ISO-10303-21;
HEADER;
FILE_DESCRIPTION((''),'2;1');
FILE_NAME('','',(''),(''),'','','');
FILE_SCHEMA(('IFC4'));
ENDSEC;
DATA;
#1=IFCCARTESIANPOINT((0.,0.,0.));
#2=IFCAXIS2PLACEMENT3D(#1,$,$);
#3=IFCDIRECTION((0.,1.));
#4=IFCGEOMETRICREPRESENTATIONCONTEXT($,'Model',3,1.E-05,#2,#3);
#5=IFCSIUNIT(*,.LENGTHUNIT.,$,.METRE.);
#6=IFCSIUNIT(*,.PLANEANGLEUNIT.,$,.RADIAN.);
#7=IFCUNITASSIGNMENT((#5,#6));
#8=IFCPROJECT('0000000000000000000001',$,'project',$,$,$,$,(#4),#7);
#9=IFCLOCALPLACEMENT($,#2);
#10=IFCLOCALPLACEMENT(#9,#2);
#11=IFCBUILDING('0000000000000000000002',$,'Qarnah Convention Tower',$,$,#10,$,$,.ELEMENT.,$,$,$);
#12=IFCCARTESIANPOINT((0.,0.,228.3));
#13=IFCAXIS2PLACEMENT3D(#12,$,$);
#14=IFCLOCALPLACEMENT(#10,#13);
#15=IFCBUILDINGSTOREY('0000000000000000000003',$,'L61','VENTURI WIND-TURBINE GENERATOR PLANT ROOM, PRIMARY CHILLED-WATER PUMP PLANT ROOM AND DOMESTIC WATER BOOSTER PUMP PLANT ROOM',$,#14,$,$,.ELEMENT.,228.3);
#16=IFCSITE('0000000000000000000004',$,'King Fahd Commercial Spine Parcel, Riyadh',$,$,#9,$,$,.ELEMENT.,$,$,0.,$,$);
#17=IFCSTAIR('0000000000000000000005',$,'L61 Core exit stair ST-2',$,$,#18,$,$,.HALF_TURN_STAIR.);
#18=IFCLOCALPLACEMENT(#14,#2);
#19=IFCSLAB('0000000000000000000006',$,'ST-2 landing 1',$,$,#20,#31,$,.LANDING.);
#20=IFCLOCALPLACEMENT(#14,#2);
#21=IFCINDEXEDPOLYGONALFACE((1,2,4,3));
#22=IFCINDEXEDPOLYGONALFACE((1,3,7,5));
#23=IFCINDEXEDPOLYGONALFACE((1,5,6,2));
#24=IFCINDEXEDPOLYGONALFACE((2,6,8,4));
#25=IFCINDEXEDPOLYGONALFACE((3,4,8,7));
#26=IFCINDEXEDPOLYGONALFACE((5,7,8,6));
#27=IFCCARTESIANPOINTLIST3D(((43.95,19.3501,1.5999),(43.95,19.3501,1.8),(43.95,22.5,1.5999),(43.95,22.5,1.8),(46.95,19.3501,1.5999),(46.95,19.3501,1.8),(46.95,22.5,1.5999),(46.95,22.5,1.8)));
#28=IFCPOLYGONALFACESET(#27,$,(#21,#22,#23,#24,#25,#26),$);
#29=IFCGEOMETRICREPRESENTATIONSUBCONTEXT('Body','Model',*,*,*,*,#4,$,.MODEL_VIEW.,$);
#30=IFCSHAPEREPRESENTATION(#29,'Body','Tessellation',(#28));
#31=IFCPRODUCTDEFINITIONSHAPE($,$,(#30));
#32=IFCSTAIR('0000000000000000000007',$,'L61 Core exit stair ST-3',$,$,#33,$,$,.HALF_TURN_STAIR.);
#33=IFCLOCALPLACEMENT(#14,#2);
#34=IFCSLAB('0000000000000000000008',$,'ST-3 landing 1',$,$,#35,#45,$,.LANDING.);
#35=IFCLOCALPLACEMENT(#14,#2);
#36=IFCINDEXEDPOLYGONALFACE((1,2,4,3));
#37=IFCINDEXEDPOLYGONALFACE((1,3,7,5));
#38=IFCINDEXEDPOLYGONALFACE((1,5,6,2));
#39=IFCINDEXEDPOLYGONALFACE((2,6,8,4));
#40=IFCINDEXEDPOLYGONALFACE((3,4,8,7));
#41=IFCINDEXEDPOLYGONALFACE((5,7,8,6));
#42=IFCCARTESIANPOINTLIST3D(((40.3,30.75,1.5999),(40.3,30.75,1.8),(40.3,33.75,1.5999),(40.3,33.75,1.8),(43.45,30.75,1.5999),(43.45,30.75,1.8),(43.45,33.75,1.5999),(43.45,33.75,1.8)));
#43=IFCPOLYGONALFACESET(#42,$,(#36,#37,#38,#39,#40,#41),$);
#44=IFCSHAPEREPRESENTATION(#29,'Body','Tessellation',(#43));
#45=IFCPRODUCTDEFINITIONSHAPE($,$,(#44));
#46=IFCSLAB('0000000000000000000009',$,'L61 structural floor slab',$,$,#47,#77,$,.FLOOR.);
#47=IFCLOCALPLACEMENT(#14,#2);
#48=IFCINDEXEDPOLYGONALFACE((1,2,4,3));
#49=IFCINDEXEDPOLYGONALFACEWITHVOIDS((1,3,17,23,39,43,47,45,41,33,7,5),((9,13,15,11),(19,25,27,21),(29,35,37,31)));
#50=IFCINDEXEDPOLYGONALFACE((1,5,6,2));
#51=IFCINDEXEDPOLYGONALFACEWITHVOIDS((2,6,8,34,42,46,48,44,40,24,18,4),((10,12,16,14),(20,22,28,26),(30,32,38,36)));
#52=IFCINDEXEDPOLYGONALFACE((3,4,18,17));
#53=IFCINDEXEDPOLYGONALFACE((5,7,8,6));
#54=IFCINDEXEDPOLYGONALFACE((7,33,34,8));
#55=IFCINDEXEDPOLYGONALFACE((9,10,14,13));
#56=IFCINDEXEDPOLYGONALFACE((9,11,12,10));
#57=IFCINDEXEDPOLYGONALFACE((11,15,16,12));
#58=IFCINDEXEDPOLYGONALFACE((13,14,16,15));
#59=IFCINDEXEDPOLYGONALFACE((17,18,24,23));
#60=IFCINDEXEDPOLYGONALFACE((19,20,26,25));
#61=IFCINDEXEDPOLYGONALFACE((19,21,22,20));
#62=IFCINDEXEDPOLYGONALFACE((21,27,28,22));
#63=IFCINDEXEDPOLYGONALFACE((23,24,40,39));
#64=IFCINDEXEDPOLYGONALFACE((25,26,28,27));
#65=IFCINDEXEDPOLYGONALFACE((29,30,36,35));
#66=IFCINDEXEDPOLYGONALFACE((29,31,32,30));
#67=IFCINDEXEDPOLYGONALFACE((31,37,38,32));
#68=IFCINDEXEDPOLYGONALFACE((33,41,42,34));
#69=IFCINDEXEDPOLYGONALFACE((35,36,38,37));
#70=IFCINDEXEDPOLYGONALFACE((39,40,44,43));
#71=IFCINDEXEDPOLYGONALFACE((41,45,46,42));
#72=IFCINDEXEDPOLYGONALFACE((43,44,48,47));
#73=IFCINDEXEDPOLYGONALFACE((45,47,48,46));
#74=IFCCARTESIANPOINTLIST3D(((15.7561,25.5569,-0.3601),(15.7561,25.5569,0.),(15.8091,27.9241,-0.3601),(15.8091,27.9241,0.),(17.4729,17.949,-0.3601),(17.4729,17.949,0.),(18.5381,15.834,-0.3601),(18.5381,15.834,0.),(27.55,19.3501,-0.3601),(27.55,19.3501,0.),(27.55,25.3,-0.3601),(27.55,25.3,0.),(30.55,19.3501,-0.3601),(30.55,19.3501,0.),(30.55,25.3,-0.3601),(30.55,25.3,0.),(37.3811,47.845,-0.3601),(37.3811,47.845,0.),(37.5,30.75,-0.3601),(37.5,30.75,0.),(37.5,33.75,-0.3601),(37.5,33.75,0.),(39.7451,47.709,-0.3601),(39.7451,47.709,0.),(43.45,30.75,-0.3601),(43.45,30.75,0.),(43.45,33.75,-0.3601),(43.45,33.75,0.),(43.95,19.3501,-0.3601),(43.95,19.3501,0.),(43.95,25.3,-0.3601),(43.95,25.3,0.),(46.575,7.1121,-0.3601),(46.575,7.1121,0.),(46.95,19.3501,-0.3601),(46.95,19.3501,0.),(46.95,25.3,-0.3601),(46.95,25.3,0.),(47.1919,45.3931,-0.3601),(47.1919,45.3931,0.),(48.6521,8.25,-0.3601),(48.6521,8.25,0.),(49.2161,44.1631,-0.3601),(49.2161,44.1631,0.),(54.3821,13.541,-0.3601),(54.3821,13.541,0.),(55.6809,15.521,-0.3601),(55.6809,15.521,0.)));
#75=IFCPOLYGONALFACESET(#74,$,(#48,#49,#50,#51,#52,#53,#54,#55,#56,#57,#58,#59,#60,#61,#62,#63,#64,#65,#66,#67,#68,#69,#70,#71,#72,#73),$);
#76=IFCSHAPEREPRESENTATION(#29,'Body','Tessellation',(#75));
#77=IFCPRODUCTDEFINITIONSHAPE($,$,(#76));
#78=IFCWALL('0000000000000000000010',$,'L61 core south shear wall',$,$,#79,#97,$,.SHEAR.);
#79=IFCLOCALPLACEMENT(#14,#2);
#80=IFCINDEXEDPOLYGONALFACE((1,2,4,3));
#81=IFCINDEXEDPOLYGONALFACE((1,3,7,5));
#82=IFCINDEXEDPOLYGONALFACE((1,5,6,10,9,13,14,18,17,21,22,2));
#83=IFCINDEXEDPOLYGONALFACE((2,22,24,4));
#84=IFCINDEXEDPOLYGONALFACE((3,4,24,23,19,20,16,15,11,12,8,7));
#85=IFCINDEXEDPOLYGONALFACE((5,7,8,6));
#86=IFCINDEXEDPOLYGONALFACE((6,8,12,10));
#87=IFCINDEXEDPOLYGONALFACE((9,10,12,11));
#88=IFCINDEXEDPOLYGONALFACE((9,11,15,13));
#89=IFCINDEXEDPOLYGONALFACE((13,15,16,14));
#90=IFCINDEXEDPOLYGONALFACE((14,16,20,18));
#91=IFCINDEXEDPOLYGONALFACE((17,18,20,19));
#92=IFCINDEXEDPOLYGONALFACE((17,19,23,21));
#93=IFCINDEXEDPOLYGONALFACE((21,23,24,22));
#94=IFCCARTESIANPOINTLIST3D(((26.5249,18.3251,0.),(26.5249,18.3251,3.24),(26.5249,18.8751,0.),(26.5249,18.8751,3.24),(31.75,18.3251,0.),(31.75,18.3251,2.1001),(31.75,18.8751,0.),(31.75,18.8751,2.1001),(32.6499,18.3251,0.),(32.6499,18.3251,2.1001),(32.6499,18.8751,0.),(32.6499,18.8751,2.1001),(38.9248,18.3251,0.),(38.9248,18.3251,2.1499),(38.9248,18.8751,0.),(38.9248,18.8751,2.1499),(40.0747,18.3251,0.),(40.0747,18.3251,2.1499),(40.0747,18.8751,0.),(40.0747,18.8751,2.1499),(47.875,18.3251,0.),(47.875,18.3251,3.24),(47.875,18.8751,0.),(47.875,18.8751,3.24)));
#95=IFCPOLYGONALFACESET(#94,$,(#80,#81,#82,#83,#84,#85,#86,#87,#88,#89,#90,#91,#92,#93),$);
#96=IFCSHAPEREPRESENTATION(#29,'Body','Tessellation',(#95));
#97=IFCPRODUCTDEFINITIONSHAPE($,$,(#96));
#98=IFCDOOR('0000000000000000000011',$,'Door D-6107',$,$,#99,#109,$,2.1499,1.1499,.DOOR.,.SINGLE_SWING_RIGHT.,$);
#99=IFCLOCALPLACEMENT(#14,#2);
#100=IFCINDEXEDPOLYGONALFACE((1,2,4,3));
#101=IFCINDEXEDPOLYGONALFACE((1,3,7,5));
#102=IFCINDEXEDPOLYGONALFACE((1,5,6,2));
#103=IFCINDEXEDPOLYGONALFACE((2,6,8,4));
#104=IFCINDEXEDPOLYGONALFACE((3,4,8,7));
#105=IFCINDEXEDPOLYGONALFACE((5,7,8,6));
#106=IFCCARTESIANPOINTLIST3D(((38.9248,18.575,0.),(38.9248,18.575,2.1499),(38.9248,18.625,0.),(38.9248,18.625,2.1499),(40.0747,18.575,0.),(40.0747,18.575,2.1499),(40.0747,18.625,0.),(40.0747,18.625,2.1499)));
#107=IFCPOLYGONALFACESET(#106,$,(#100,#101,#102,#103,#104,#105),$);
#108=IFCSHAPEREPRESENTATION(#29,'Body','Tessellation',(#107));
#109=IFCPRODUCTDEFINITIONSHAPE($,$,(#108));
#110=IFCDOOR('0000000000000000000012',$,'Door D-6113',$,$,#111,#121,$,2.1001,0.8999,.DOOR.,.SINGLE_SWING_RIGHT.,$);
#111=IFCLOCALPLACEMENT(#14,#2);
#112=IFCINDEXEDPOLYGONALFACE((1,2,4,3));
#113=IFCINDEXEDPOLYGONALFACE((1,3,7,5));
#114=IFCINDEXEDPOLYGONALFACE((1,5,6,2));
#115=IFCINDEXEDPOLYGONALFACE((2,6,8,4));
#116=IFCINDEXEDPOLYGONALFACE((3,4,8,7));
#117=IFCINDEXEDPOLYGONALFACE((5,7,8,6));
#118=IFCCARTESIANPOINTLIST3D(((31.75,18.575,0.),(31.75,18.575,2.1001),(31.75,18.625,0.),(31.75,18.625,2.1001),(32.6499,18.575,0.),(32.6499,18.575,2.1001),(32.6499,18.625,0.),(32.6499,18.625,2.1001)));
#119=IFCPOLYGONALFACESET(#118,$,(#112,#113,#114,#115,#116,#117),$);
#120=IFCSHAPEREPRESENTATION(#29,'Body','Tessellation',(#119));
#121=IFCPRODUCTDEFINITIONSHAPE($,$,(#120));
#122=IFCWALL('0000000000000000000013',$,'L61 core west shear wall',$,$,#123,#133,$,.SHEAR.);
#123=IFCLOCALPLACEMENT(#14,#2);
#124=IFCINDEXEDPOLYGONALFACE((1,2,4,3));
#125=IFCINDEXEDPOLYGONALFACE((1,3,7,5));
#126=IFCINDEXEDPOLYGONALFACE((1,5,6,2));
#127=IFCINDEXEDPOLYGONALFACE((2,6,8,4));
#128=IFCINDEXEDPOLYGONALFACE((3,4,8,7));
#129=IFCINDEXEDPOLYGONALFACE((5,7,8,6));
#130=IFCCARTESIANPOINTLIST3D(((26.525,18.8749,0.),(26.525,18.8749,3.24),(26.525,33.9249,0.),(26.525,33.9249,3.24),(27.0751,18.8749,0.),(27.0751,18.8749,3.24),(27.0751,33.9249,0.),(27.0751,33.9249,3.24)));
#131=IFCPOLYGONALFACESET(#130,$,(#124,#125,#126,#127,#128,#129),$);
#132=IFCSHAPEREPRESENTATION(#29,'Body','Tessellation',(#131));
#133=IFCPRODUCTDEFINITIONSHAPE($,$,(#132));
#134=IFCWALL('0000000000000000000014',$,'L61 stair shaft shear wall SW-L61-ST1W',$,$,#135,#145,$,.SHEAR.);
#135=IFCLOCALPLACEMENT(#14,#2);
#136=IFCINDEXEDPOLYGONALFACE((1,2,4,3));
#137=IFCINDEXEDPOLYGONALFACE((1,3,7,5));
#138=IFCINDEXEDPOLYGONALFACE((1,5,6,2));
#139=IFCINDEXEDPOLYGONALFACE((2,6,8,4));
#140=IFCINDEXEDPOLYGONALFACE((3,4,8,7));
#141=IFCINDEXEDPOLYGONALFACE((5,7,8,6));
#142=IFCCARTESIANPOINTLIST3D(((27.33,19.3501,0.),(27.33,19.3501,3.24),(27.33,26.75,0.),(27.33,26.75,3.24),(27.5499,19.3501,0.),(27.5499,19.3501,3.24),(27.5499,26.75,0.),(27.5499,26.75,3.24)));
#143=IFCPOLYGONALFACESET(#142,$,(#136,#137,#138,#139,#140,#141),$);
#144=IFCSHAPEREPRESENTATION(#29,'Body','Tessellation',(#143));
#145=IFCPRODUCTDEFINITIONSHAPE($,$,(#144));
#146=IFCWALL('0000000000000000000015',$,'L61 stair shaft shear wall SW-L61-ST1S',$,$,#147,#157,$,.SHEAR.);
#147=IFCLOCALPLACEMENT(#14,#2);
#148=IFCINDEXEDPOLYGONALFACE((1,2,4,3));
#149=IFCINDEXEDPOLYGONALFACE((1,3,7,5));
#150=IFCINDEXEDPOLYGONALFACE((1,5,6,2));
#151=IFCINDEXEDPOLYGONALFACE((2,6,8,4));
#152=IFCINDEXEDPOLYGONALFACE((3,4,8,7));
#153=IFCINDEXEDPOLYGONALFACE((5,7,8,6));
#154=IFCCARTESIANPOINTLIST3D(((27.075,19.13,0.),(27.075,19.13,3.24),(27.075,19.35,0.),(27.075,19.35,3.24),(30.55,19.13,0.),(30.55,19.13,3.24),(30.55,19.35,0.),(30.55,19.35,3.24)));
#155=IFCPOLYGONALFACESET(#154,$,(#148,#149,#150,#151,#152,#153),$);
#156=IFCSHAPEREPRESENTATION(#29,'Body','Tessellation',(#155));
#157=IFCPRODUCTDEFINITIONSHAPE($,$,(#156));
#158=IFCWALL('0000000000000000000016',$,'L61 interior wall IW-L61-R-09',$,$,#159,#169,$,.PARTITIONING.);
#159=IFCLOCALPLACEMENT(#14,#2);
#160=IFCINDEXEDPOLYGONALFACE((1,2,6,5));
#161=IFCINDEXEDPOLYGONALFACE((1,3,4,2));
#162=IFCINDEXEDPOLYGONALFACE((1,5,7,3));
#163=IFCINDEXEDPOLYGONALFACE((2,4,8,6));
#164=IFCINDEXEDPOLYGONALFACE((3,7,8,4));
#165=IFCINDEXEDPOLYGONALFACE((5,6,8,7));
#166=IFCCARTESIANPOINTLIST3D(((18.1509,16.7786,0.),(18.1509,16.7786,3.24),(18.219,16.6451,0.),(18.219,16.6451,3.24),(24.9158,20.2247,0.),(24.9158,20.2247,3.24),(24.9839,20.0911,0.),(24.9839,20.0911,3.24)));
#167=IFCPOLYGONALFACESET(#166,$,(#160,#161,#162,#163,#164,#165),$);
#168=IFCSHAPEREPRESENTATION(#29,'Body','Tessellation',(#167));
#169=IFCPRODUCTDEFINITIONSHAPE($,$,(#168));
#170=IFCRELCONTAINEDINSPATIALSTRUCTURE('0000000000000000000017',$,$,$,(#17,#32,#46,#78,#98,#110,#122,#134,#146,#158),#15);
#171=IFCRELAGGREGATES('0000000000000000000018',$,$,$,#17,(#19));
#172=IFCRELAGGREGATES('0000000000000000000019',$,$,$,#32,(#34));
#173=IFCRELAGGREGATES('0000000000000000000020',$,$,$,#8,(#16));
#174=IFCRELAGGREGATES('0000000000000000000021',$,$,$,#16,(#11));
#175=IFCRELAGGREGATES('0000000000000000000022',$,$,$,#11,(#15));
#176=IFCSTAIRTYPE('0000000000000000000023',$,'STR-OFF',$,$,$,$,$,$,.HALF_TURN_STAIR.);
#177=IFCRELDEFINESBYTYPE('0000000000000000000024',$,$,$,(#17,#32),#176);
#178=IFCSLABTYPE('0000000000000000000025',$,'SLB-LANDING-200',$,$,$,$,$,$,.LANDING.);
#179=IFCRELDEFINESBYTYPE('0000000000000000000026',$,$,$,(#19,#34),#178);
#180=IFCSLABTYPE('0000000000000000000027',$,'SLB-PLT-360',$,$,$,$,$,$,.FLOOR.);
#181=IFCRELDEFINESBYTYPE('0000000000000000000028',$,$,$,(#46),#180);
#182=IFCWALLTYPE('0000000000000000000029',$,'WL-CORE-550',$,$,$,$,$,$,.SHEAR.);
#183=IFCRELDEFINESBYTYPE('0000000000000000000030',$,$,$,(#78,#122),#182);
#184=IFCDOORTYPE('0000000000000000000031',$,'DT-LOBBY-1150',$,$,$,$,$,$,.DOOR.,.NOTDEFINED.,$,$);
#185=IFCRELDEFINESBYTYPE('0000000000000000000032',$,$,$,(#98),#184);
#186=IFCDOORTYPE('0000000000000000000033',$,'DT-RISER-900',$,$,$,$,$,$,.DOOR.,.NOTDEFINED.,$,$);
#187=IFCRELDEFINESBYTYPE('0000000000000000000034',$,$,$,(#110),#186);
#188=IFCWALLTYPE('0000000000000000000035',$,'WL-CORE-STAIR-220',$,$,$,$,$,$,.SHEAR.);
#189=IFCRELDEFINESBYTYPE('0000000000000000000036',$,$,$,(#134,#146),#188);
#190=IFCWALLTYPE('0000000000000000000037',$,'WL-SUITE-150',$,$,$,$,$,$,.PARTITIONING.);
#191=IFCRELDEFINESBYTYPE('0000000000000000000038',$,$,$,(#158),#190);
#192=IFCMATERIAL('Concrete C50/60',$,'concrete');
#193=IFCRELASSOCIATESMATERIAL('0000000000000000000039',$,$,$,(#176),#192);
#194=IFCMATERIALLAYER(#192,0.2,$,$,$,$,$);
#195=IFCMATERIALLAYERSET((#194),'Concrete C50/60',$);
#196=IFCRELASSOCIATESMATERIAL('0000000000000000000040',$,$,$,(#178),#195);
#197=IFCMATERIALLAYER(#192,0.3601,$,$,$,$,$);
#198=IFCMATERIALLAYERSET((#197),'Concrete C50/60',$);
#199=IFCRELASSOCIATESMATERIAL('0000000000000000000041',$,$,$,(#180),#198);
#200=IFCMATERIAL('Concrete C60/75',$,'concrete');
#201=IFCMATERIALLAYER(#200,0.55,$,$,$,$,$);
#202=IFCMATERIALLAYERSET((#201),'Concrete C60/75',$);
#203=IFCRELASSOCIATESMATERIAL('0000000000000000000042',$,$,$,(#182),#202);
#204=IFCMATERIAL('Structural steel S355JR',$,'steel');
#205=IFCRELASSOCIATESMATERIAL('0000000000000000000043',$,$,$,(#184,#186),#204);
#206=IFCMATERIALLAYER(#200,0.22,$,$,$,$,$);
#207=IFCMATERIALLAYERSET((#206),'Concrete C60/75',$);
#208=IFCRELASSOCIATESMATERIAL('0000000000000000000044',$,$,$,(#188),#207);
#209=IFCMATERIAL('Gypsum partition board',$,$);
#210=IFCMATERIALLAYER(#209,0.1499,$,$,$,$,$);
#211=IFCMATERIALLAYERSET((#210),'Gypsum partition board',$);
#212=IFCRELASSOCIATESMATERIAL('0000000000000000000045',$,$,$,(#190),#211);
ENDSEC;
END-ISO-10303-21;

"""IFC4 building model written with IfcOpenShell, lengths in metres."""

from ifc_helpers import new_model, si_unit, direction, frame, frame_2d, origin, place, context, subcontext, project, spatial, polyline, rectangle, outline, extrude, material, layer, layer_set, type_object, element, fill, aggregate, save


model = new_model("IFC4")

# Units and contexts
model_context = context("Model", 3, precision=1e-05, world=origin(), true_north=direction((0.0, 1.0)))
body_context = subcontext(model_context, "Body", "Model", "MODEL_VIEW")
ifc_project = project(units=[si_unit("LENGTHUNIT", "METRE"), si_unit("PLANEANGLEUNIT", "RADIAN")], contexts=[model_context])

# Site, building, storey
site_placement = place(None, origin())
site = spatial("IfcSite", under=ifc_project, at=site_placement, Name="King Fahd Commercial Spine Parcel, Riyadh", CompositionType="ELEMENT", RefElevation=0.0)
building_placement = place(site_placement, origin())
building = spatial("IfcBuilding", under=site, at=building_placement, Name="Qarnah Convention Tower", CompositionType="ELEMENT")
storey_placement = place(building_placement, frame((0.0, 0.0, 228.3)))
storey = spatial("IfcBuildingStorey", under=building, at=storey_placement, Name="L61", Description="VENTURI WIND-TURBINE GENERATOR PLANT ROOM, PRIMARY CHILLED-WATER PUMP PLANT ROOM AND DOMESTIC WATER BOOSTER PUMP PLANT ROOM", CompositionType="ELEMENT", Elevation=228.3)

# Shared definitions
ifc_material_1 = material(Name="Concrete C50/60", Category="concrete")

# Shared definitions
ifc_material_2 = material(Name="Structural steel S355JR", Category="steel")

# Stairs, slabs
stair_type = type_object("IfcStairType", Name="STR-OFF", PredefinedType="HALF_TURN_STAIR", material=ifc_material_1)
ifc_layer_1 = layer(ifc_material_1, 0.2)
ifc_layer_set_1 = layer_set([ifc_layer_1], Name="Concrete C50/60")
slab_type_1 = type_object("IfcSlabType", Name="SLB-LANDING-200", PredefinedType="LANDING", material=ifc_layer_set_1)
stair_1_placement = place(storey_placement, origin())
stair_1 = element("IfcStair", 1, at=stair_1_placement, inside=storey, type_object=stair_type, Name="L61 Core exit stair ST-2", PredefinedType="HALF_TURN_STAIR")
slab_1_placement = place(storey_placement, frame((0.0, 0.0, 1.5999)))
slab_1 = element("IfcSlab", 2, at=slab_1_placement, type_object=slab_type_1, Name="ST-2 landing 1", PredefinedType="LANDING", context=body_context, shape_type="SweptSolid", body=[
    extrude(outline(polyline([(43.95, 22.5), (43.95, 19.3501), (46.95, 19.3501), (46.95, 22.5), (43.95, 22.5)])), origin(), (0.0, 0.0, 1.0), 0.2002),
])
aggregate(stair_1, [slab_1])
stair_2_placement = place(storey_placement, origin())
stair_2 = element("IfcStair", 3, at=stair_2_placement, inside=storey, type_object=stair_type, Name="L61 Core exit stair ST-3", PredefinedType="HALF_TURN_STAIR")
slab_2_placement = place(storey_placement, frame((0.0, 0.0, 1.5999)))
slab_2 = element("IfcSlab", 4, at=slab_2_placement, type_object=slab_type_1, Name="ST-3 landing 1", PredefinedType="LANDING", context=body_context, shape_type="SweptSolid", body=[
    extrude(outline(polyline([(40.3, 30.75), (43.45, 30.75), (43.45, 33.75), (40.3, 33.75), (40.3, 30.75)])), origin(), (0.0, 0.0, 1.0), 0.2002),
])
aggregate(stair_2, [slab_2])

# Slab
ifc_layer_2 = layer(ifc_material_1, 0.3601)
ifc_layer_set_2 = layer_set([ifc_layer_2], Name="Concrete C50/60")
slab_type_2 = type_object("IfcSlabType", Name="SLB-PLT-360", PredefinedType="FLOOR", material=ifc_layer_set_2)
slab_3_placement = place(storey_placement, frame((0.0, 0.0, -0.3601)))
element("IfcSlab", 5, at=slab_3_placement, inside=storey, type_object=slab_type_2, Name="L61 structural floor slab", PredefinedType="FLOOR", context=body_context, shape_type="SweptSolid", body=[
    extrude(outline(polyline([(37.3811, 47.845), (15.8091, 27.9241), (15.7561, 25.5569), (17.4729, 17.949), (18.5381, 15.834), (46.575, 7.1121), (48.6521, 8.25), (54.3821, 13.541), (55.6809, 15.521), (49.2161, 44.1631), (47.1919, 45.3931), (39.7451, 47.709), (37.3811, 47.845)]), holes=[polyline([(27.55, 25.3), (27.55, 19.3501), (30.55, 19.3501), (30.55, 25.3), (27.55, 25.3)]), polyline([(43.95, 25.3), (43.95, 19.3501), (46.95, 19.3501), (46.95, 25.3), (43.95, 25.3)]), polyline([(37.5, 30.75), (43.45, 30.75), (43.45, 33.75), (37.5, 33.75), (37.5, 30.75)])]), origin(), (0.0, 0.0, 1.0), 0.3601),
])

# Wall, openings, doors
ifc_material_3 = material(Name="Concrete C60/75", Category="concrete")
ifc_layer_3 = layer(ifc_material_3, 0.55)
ifc_layer_set_3 = layer_set([ifc_layer_3], Name="Concrete C60/75")
wall_type_1 = type_object("IfcWallType", Name="WL-CORE-550", PredefinedType="SHEAR", material=ifc_layer_set_3)
wall_1_placement = place(storey_placement, frame((26.5249, 18.6001, 0.0), z_axis=(0.0, 0.0, 1.0), x_axis=(1.0, 0.0, 0.0)))
wall_1 = element("IfcWall", 6, at=wall_1_placement, inside=storey, type_object=wall_type_1, Name="L61 core south shear wall", PredefinedType="SHEAR", context=body_context, shape_type="SweptSolid", body=[
    extrude(rectangle(XDim=21.3501, YDim=0.55, at=frame_2d((10.675, 0.0))), origin(), (0.0, 0.0, 1.0), 3.24),
])
opening_1_placement = place(wall_1_placement, frame((12.3999, 0.0, 0.0)))
opening_1 = element("IfcOpeningElement", 7, at=opening_1_placement, cuts=wall_1, PredefinedType="OPENING", context=body_context, shape_type="SweptSolid", body=[
    extrude(rectangle(XDim=1.1499, YDim=2.1499, at=frame_2d((0.575, 1.075))), frame((0.0, 0.2849, 0.0), z_axis=(0.0, -1.0, 0.0), x_axis=(1.0, 0.0, 0.0)), (0.0, 0.0, 1.0), 0.5701),
])
opening_2_placement = place(wall_1_placement, frame((5.2251, 0.0, 0.0)))
opening_2 = element("IfcOpeningElement", 8, at=opening_2_placement, cuts=wall_1, PredefinedType="OPENING", context=body_context, shape_type="SweptSolid", body=[
    extrude(rectangle(XDim=0.8999, YDim=2.1001, at=frame_2d((0.45, 1.05))), frame((0.0, 0.2849, 0.0), z_axis=(0.0, -1.0, 0.0), x_axis=(1.0, 0.0, 0.0)), (0.0, 0.0, 1.0), 0.5701),
])
door_type_1 = type_object("IfcDoorType", Name="DT-LOBBY-1150", OperationType="NOTDEFINED", PredefinedType="DOOR", material=ifc_material_2)
door_1_placement = place(opening_1_placement, origin())
door_1 = element("IfcDoor", 9, at=door_1_placement, inside=storey, type_object=door_type_1, Name="Door D-6107", OperationType="SINGLE_SWING_RIGHT", OverallHeight=2.1499, OverallWidth=1.1499, PredefinedType="DOOR", context=body_context, shape_type="SweptSolid", body=[
    extrude(rectangle(XDim=1.1499, YDim=2.1499, at=frame_2d((0.575, 1.075))), frame((0.0, 0.0249, 0.0), z_axis=(0.0, -1.0, 0.0), x_axis=(1.0, 0.0, 0.0)), (0.0, 0.0, 1.0), 0.05),
])
fill(opening_1, door_1)
door_type_2 = type_object("IfcDoorType", Name="DT-RISER-900", OperationType="NOTDEFINED", PredefinedType="DOOR", material=ifc_material_2)
door_2_placement = place(opening_2_placement, origin())
door_2 = element("IfcDoor", 10, at=door_2_placement, inside=storey, type_object=door_type_2, Name="Door D-6113", OperationType="SINGLE_SWING_RIGHT", OverallHeight=2.1001, OverallWidth=0.8999, PredefinedType="DOOR", context=body_context, shape_type="SweptSolid", body=[
    extrude(rectangle(XDim=0.8999, YDim=2.1001, at=frame_2d((0.45, 1.05))), frame((0.0, 0.0249, 0.0), z_axis=(0.0, -1.0, 0.0), x_axis=(1.0, 0.0, 0.0)), (0.0, 0.0, 1.0), 0.05),
])
fill(opening_2, door_2)

# Walls
wall_2_placement = place(storey_placement, frame((26.8, 18.875, 0.0), z_axis=(0.0, 0.0, 1.0), x_axis=(0.0, 1.0, 0.0)))
element("IfcWall", 11, at=wall_2_placement, inside=storey, type_object=wall_type_1, Name="L61 core west shear wall", PredefinedType="SHEAR", context=body_context, shape_type="SweptSolid", body=[
    extrude(rectangle(XDim=15.05, YDim=0.55, at=frame_2d((7.5249, 0.0))), origin(), (0.0, 0.0, 1.0), 3.24),
])
ifc_layer_4 = layer(ifc_material_3, 0.22)
ifc_layer_set_4 = layer_set([ifc_layer_4], Name="Concrete C60/75")
wall_type_2 = type_object("IfcWallType", Name="WL-CORE-STAIR-220", PredefinedType="SHEAR", material=ifc_layer_set_4)
wall_3_placement = place(storey_placement, frame((27.4399, 19.3501, 0.0), z_axis=(0.0, 0.0, 1.0), x_axis=(0.0, 1.0, 0.0)))
element("IfcWall", 12, at=wall_3_placement, inside=storey, type_object=wall_type_2, Name="L61 stair shaft shear wall SW-L61-ST1W", PredefinedType="SHEAR", context=body_context, shape_type="SweptSolid", body=[
    extrude(rectangle(XDim=7.3999, YDim=0.22, at=frame_2d((3.7, 0.0))), origin(), (0.0, 0.0, 1.0), 3.24),
])
wall_4_placement = place(storey_placement, frame((27.075, 19.24, 0.0), z_axis=(0.0, 0.0, 1.0), x_axis=(1.0, 0.0, 0.0)))
element("IfcWall", 13, at=wall_4_placement, inside=storey, type_object=wall_type_2, Name="L61 stair shaft shear wall SW-L61-ST1S", PredefinedType="SHEAR", context=body_context, shape_type="SweptSolid", body=[
    extrude(rectangle(XDim=3.4751, YDim=0.22, at=frame_2d((1.7375, 0.0))), origin(), (0.0, 0.0, 1.0), 3.24),
])
ifc_material_4 = material(Name="Gypsum partition board")
ifc_layer_5 = layer(ifc_material_4, 0.1499)
ifc_layer_set_5 = layer_set([ifc_layer_5], Name="Gypsum partition board")
wall_type_3 = type_object("IfcWallType", Name="WL-SUITE-150", PredefinedType="PARTITIONING", material=ifc_layer_set_5)
wall_5_placement = place(storey_placement, frame((18.1851, 16.7119, 0.0), z_axis=(0.0, 0.0, 1.0), x_axis=(0.891051, 0.453903, 0.0)))
element("IfcWall", 14, at=wall_5_placement, inside=storey, type_object=wall_type_3, Name="L61 interior wall IW-L61-R-09", PredefinedType="PARTITIONING", context=body_context, shape_type="SweptSolid", body=[
    extrude(rectangle(XDim=7.592, YDim=0.1499, at=frame_2d((3.7959, 0.0))), origin(), (0.0, 0.0, 1.0), 3.24),
])

save(model, "model.ifc")
